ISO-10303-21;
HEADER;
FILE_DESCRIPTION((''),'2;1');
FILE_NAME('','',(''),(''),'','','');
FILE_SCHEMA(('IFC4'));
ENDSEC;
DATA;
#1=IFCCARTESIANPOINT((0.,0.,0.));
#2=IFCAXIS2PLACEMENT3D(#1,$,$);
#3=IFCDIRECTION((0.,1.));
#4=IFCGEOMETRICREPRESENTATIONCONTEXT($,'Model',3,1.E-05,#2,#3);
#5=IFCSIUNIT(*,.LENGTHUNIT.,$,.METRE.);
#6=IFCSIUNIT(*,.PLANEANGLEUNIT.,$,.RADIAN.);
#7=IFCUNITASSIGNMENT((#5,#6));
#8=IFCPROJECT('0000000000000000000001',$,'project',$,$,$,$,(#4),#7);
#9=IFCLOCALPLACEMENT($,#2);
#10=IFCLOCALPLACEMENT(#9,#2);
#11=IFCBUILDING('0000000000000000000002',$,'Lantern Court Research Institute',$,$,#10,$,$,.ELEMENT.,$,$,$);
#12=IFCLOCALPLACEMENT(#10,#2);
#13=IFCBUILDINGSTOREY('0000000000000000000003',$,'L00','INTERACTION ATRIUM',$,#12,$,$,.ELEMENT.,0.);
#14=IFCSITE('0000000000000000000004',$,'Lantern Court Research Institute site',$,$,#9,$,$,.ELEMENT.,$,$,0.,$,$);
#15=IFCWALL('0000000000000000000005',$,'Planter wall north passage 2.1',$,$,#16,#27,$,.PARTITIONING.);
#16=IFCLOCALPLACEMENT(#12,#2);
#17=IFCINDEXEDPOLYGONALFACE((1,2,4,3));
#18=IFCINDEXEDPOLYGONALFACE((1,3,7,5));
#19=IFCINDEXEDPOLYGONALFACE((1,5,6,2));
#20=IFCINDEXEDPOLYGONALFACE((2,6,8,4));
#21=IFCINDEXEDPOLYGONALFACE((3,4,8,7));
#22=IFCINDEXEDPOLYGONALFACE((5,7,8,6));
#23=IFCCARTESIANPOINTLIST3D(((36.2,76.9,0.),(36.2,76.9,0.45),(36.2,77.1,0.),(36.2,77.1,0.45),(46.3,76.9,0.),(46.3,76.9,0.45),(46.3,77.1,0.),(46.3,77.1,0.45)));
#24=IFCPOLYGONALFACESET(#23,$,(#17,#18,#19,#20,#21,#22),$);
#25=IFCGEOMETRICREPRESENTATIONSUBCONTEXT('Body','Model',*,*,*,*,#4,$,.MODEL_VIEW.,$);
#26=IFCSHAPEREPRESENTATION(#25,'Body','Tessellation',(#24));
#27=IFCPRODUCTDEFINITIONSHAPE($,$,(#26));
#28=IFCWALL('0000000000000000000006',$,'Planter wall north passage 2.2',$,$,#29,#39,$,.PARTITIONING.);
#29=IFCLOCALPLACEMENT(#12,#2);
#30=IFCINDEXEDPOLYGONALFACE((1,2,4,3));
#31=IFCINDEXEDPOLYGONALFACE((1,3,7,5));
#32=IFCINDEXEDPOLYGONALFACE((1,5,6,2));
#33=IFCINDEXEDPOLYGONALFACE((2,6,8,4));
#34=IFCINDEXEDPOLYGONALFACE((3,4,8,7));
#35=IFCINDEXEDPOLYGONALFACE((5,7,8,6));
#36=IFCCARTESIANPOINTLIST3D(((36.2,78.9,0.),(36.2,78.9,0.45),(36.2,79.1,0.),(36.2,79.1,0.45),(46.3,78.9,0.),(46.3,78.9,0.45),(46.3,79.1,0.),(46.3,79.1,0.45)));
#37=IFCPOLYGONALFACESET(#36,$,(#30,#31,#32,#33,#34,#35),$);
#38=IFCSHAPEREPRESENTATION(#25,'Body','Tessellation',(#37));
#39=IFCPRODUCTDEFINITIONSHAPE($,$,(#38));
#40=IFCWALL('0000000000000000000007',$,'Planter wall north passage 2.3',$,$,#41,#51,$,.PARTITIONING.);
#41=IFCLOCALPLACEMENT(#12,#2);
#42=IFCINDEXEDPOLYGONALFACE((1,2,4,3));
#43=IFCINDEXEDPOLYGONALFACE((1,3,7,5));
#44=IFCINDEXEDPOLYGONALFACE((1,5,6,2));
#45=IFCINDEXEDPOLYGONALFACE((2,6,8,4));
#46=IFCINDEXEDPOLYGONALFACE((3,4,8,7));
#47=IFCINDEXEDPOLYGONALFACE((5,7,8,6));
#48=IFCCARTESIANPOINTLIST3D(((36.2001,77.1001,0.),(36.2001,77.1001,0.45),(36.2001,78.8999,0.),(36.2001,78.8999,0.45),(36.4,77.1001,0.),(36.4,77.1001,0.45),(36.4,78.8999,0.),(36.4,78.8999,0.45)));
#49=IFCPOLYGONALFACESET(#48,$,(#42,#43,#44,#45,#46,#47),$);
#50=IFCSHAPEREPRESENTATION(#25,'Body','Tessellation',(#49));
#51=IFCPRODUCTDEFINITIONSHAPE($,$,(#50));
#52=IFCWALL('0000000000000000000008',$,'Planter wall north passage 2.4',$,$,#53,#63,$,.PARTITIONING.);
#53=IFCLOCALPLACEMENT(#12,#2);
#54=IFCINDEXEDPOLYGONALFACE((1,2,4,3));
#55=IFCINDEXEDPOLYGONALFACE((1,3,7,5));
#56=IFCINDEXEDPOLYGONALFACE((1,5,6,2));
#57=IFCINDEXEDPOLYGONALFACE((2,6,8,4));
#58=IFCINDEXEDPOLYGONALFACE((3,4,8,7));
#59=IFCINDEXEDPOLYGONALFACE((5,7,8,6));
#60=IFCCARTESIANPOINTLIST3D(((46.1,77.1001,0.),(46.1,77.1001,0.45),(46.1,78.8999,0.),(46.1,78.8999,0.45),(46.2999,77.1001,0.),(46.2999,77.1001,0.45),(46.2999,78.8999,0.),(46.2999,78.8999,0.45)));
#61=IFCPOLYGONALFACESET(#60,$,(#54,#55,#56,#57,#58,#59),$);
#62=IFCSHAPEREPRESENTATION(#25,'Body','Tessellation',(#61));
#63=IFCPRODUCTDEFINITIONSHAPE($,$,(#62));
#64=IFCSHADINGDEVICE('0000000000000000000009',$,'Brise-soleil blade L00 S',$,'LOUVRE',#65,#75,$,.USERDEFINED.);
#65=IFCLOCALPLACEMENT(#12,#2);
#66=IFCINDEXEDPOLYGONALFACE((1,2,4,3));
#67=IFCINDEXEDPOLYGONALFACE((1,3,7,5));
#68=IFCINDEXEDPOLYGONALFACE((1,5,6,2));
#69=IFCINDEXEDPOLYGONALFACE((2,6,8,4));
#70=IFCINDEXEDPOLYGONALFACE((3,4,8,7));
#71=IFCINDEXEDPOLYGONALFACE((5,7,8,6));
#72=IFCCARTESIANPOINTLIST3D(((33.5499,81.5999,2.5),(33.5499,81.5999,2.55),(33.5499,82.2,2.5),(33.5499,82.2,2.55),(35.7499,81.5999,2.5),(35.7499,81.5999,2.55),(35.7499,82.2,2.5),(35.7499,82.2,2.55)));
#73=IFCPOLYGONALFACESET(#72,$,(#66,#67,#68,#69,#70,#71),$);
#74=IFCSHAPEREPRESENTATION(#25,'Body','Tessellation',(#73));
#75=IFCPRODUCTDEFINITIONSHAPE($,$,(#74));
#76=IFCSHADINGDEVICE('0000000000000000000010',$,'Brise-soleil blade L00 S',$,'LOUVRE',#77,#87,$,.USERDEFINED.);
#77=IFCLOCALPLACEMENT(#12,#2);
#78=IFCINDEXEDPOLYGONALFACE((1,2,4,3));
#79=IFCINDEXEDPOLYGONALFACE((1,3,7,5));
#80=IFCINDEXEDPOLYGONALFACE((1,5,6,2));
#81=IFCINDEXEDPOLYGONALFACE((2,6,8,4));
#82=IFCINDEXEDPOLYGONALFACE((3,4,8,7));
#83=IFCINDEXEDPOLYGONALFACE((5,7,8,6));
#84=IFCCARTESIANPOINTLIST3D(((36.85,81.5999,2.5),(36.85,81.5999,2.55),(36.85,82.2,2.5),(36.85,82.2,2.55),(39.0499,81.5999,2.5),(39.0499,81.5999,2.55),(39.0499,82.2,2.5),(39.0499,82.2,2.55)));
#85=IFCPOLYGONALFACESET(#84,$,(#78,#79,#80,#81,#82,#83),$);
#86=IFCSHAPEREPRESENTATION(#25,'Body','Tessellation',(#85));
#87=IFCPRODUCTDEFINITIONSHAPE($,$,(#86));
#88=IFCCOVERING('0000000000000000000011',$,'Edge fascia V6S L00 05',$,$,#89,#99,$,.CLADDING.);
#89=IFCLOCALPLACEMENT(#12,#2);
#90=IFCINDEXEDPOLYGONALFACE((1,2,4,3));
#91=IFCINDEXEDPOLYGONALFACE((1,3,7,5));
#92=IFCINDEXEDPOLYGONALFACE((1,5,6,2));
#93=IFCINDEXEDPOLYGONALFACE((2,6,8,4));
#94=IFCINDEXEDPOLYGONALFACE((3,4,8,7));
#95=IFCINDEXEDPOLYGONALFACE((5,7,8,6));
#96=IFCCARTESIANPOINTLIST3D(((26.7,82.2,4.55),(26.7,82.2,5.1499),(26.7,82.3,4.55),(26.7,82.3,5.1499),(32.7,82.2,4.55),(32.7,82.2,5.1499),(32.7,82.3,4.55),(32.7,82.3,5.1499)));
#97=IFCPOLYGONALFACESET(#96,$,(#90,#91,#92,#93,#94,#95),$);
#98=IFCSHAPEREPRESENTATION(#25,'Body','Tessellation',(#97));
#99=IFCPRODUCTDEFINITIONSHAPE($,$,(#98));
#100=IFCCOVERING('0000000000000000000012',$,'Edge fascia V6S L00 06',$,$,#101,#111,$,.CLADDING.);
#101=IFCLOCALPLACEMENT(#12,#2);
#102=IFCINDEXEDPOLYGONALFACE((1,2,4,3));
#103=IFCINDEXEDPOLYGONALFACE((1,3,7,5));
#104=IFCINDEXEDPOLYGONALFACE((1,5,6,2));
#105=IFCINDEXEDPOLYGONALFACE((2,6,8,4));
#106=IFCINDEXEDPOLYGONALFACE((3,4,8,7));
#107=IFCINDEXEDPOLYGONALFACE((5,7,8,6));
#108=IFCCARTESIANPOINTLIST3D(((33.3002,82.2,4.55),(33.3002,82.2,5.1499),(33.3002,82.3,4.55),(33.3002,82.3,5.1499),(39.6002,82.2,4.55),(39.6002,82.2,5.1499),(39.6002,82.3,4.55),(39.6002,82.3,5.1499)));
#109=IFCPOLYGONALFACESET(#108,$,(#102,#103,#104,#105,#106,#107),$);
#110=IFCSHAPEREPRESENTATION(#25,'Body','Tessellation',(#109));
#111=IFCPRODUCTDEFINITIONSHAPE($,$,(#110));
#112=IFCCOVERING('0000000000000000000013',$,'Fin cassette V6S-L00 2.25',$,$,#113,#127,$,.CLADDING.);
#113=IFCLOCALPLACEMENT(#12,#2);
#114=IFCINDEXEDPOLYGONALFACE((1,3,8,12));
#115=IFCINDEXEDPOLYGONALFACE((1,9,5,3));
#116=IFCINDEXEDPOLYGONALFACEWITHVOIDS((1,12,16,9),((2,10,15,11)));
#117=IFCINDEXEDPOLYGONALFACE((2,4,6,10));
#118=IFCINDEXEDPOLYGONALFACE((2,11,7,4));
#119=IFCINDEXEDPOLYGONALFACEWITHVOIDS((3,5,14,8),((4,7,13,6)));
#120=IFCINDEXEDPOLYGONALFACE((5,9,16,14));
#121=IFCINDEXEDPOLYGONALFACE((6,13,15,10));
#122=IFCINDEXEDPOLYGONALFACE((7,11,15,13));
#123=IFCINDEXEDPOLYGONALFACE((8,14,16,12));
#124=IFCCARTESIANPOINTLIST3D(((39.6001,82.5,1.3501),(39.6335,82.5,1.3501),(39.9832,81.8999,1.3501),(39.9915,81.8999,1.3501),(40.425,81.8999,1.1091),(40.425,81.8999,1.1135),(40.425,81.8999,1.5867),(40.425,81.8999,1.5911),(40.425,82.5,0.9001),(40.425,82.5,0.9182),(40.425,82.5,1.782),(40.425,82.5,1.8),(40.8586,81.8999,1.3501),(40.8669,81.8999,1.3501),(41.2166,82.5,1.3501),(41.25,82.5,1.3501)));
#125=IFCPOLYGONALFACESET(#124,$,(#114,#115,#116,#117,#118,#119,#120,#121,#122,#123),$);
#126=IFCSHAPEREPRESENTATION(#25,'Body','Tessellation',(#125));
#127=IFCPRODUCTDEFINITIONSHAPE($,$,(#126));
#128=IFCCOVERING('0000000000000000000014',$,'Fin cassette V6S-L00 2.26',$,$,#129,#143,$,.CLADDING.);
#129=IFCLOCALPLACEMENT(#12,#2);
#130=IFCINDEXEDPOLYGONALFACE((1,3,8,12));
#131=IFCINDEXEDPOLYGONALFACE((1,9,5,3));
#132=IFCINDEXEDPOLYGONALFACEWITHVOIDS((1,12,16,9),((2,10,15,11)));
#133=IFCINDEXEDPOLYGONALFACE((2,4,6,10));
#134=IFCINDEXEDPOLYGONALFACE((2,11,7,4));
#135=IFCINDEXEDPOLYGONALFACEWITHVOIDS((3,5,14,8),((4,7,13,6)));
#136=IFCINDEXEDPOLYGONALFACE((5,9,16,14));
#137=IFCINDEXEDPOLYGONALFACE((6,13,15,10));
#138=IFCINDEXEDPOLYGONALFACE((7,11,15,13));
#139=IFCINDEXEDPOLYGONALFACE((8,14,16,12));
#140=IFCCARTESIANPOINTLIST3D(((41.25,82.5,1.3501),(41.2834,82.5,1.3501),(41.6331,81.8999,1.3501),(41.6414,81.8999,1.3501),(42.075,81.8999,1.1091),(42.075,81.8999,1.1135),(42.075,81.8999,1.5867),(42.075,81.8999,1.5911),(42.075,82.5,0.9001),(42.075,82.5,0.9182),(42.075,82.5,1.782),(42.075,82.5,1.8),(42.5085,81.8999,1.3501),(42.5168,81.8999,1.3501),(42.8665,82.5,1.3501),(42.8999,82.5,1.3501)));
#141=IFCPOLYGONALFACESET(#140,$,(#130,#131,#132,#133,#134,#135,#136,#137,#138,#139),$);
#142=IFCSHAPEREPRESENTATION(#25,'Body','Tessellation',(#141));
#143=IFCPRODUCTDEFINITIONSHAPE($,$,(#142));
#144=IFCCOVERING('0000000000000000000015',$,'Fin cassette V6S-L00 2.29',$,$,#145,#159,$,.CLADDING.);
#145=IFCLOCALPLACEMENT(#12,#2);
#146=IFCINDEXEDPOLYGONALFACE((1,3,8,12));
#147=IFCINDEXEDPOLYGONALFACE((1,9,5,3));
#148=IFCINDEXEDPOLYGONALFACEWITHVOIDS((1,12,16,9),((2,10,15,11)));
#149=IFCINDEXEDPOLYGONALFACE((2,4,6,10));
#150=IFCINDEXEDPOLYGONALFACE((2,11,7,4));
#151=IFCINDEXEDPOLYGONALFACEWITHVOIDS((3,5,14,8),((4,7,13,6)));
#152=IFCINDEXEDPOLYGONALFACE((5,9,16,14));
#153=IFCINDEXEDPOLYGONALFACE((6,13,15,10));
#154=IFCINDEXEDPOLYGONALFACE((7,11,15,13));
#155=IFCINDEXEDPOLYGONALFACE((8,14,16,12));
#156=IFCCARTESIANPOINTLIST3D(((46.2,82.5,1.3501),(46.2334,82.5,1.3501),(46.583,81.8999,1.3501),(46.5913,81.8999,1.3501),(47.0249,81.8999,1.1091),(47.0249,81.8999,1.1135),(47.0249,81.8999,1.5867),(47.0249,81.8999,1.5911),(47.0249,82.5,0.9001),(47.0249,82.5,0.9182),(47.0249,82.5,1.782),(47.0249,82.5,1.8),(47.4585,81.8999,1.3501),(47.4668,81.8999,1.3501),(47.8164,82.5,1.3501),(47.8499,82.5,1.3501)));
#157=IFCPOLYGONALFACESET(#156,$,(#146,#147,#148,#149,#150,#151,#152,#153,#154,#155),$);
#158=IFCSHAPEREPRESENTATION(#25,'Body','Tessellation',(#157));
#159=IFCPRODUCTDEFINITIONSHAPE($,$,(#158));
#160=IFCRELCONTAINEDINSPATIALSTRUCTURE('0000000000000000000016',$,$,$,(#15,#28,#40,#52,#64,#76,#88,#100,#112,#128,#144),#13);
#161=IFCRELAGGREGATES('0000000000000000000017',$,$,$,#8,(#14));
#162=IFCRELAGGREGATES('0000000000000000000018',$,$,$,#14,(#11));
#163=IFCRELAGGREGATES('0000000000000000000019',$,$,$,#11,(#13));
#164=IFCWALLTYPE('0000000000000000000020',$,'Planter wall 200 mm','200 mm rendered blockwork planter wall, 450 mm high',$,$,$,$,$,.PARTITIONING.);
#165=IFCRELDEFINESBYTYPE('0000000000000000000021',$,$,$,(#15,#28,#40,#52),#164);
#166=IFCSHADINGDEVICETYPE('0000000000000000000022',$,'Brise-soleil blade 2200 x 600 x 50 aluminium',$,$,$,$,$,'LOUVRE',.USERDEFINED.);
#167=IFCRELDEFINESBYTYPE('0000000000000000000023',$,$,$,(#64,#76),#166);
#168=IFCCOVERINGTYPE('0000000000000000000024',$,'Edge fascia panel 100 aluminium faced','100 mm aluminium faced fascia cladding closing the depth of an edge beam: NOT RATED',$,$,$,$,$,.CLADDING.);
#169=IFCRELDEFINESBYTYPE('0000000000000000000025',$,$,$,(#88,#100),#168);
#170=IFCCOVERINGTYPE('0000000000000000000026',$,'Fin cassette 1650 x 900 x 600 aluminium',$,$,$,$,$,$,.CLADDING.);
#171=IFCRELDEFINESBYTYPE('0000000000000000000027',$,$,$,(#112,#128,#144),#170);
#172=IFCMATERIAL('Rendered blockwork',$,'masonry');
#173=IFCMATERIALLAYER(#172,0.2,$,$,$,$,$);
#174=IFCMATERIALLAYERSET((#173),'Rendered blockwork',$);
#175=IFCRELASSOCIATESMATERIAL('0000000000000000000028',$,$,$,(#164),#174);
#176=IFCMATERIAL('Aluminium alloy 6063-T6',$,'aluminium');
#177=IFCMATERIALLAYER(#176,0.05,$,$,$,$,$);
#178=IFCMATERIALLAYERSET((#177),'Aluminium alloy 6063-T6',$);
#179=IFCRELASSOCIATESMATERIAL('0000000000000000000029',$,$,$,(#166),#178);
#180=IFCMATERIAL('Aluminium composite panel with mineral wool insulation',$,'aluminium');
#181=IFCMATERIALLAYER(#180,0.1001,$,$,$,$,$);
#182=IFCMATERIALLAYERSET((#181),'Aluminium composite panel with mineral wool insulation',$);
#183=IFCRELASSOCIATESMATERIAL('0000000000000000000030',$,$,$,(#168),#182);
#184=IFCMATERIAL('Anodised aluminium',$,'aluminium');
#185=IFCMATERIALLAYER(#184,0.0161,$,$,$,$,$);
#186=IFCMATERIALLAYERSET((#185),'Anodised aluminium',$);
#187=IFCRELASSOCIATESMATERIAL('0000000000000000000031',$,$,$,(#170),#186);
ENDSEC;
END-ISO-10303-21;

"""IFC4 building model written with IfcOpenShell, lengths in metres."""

from ifc_helpers import new_model, entity, si_unit, direction, frame, frame_2d, origin, origin_2d, place, context, subcontext, project, spatial, rectangle, extrude, material, layer, layer_set, type_object, element, save


model = new_model("IFC4")

# Units and contexts
model_context = context("Model", 3, precision=1e-05, world=origin(), true_north=direction((0.0, 1.0)))
body_context = subcontext(model_context, "Body", "Model", "MODEL_VIEW")
ifc_project = project(units=[si_unit("LENGTHUNIT", "METRE"), si_unit("PLANEANGLEUNIT", "RADIAN")], contexts=[model_context])

# Site, building, storey
site_placement = place(None, origin())
site = spatial("IfcSite", under=ifc_project, at=site_placement, Name="Lantern Court Research Institute site", CompositionType="ELEMENT", RefElevation=0.0)
building_placement = place(site_placement, origin())
building = spatial("IfcBuilding", under=site, at=building_placement, Name="Lantern Court Research Institute", CompositionType="ELEMENT")
storey_placement = place(building_placement, origin())
storey = spatial("IfcBuildingStorey", under=building, at=storey_placement, Name="L00", Description="INTERACTION ATRIUM", CompositionType="ELEMENT", Elevation=0.0)

# Walls
ifc_material_1 = material(Name="Rendered blockwork", Category="masonry")
ifc_layer_1 = layer(ifc_material_1, 0.2)
ifc_layer_set_1 = layer_set([ifc_layer_1], Name="Rendered blockwork")
wall_type_1 = type_object("IfcWallType", Name="Planter wall 200 mm", Description="200 mm rendered blockwork planter wall, 450 mm high", PredefinedType="PARTITIONING", material=ifc_layer_set_1)
for number, where, z_axis, x_axis, name in (
    (1, (36.2, 77.0, 0.0), (0.0, 0.0, 1.0), (1.0, 0.0, 0.0), "Planter wall north passage 2.1"),
    (2, (36.2, 79.0, 0.0), (0.0, 0.0, 1.0), (1.0, 0.0, 0.0), "Planter wall north passage 2.2"),
):
    element("IfcWall", number, at=place(storey_placement, frame(where, z_axis=z_axis, x_axis=x_axis)), inside=storey, type_object=wall_type_1, Name=name, PredefinedType="PARTITIONING", context=body_context, shape_type="SweptSolid", body=[
        extrude(rectangle(XDim=10.1001, YDim=0.2, at=frame_2d((5.05, 0.0))), origin(), (0.0, 0.0, 1.0), 0.45),
    ])
for number, where, z_axis, x_axis, name in (
    (3, (36.3, 77.1001, 0.0), (0.0, 0.0, 1.0), (0.0, 1.0, 0.0), "Planter wall north passage 2.3"),
    (4, (46.2, 77.1001, 0.0), (0.0, 0.0, 1.0), (0.0, 1.0, 0.0), "Planter wall north passage 2.4"),
):
    element("IfcWall", number, at=place(storey_placement, frame(where, z_axis=z_axis, x_axis=x_axis)), inside=storey, type_object=wall_type_1, Name=name, PredefinedType="PARTITIONING", context=body_context, shape_type="SweptSolid", body=[
        extrude(rectangle(XDim=1.7998, YDim=0.2, at=frame_2d((0.8999, 0.0))), origin(), (0.0, 0.0, 1.0), 0.45),
    ])

# Shading devices
ifc_material_2 = material(Name="Aluminium alloy 6063-T6", Category="aluminium")
ifc_layer_2 = layer(ifc_material_2, 0.05)
ifc_layer_set_2 = layer_set([ifc_layer_2], Name="Aluminium alloy 6063-T6")
shading_device_type = type_object("IfcShadingDeviceType", Name="Brise-soleil blade 2200 x 600 x 50 aluminium", ElementType="LOUVRE", PredefinedType="USERDEFINED", material=ifc_layer_set_2)
for number, where, z_axis, x_axis, name in (
    (5, (34.6499, 81.8999, 2.5), (0.0, 0.0, 1.0), (-1.0, 0.0, 0.0), "Brise-soleil blade L00 S"),
    (6, (37.95, 81.8999, 2.5), (0.0, 0.0, 1.0), (-1.0, 0.0, 0.0), "Brise-soleil blade L00 S"),
):
    element("IfcShadingDevice", number, at=place(storey_placement, frame(where, z_axis=z_axis, x_axis=x_axis)), inside=storey, type_object=shading_device_type, Name=name, ObjectType="LOUVRE", PredefinedType="USERDEFINED", context=body_context, shape_type="SweptSolid", body=[
        extrude(rectangle(XDim=2.2, YDim=0.6001, at=origin_2d()), origin(), (0.0, 0.0, 1.0), 0.05),
    ])

# Coverings
ifc_material_3 = material(Name="Aluminium composite panel with mineral wool insulation", Category="aluminium")
ifc_layer_3 = layer(ifc_material_3, 0.1001)
ifc_layer_set_3 = layer_set([ifc_layer_3], Name="Aluminium composite panel with mineral wool insulation")
covering_type_1 = type_object("IfcCoveringType", Name="Edge fascia panel 100 aluminium faced", Description="100 mm aluminium faced fascia cladding closing the depth of an edge beam: NOT RATED", PredefinedType="CLADDING", material=ifc_layer_set_3)
covering_1_placement = place(storey_placement, frame((32.7, 82.25, 4.55), z_axis=(0.0, 0.0, 1.0), x_axis=(-1.0, 0.0, 0.0)))
element("IfcCovering", 7, at=covering_1_placement, inside=storey, type_object=covering_type_1, Name="Edge fascia V6S L00 05", PredefinedType="CLADDING", context=body_context, shape_type="SweptSolid", body=[
    extrude(rectangle(XDim=6.0, YDim=0.1001, at=frame_2d((3.0, 0.0))), origin(), (0.0, 0.0, 1.0), 0.5999),
])
covering_2_placement = place(storey_placement, frame((39.6001, 82.25, 4.55), z_axis=(0.0, 0.0, 1.0), x_axis=(-1.0, 0.0, 0.0)))
element("IfcCovering", 8, at=covering_2_placement, inside=storey, type_object=covering_type_1, Name="Edge fascia V6S L00 06", PredefinedType="CLADDING", context=body_context, shape_type="SweptSolid", body=[
    extrude(rectangle(XDim=6.3, YDim=0.1001, at=frame_2d((3.1499, 0.0))), origin(), (0.0, 0.0, 1.0), 0.5999),
])
ifc_material_4 = material(Name="Anodised aluminium", Category="aluminium")
ifc_layer_4 = layer(ifc_material_4, 0.0161)
ifc_layer_set_4 = layer_set([ifc_layer_4], Name="Anodised aluminium")
covering_type_2 = type_object("IfcCoveringType", Name="Fin cassette 1650 x 900 x 600 aluminium", PredefinedType="CLADDING", material=ifc_layer_set_4)
covering_3_placement = place(storey_placement, frame((40.425, 82.5, 1.3501), z_axis=(0.0, -1.0, 0.0), x_axis=(1.0, 0.0, 0.0)))
cartesian_point_1 = entity("IfcCartesianPoint", [0.825, 0.0])
cartesian_point_2 = entity("IfcCartesianPoint", [0.7915, 0.0])
cartesian_point_3 = entity("IfcCartesianPoint", [0.4419, 0.0])
cartesian_point_4 = entity("IfcCartesianPoint", [0.4336, 0.0])
element("IfcCovering", 9, at=covering_3_placement, inside=storey, type_object=covering_type_2, Name="Fin cassette V6S-L00 2.25", PredefinedType="CLADDING", context=body_context, shape_type="SweptSolid", body=[
    entity("IfcExtrudedAreaSolidTapered", entity("IfcArbitraryProfileDefWithVoids", "AREA", None, entity("IfcPolyline", [cartesian_point_1, entity("IfcCartesianPoint", [0.0, 0.45]), entity("IfcCartesianPoint", [-0.825, 0.0]), entity("IfcCartesianPoint", [0.0, -0.45]), cartesian_point_1]), [entity("IfcPolyline", [cartesian_point_2, entity("IfcCartesianPoint", [0.0, 0.4319]), entity("IfcCartesianPoint", [-0.7915, 0.0]), entity("IfcCartesianPoint", [0.0, -0.4319]), cartesian_point_2])]), entity("IfcAxis2Placement3D", entity("IfcCartesianPoint", [0.0, 0.0, 0.0])), entity("IfcDirection", [0.0, 0.0, 1.0]), 0.6001, entity("IfcArbitraryProfileDefWithVoids", "AREA", None, entity("IfcPolyline", [cartesian_point_3, entity("IfcCartesianPoint", [0.0, 0.241]), entity("IfcCartesianPoint", [-0.4419, 0.0]), entity("IfcCartesianPoint", [0.0, -0.241]), cartesian_point_3]), [entity("IfcPolyline", [cartesian_point_4, entity("IfcCartesianPoint", [0.0, 0.2366]), entity("IfcCartesianPoint", [-0.4336, 0.0]), entity("IfcCartesianPoint", [0.0, -0.2366]), cartesian_point_4])])),
])
covering_4_placement = place(storey_placement, frame((42.075, 82.5, 1.3501), z_axis=(0.0, -1.0, 0.0), x_axis=(1.0, 0.0, 0.0)))
cartesian_point_5 = entity("IfcCartesianPoint", [0.825, 0.0])
cartesian_point_6 = entity("IfcCartesianPoint", [0.7915, 0.0])
cartesian_point_7 = entity("IfcCartesianPoint", [0.4419, 0.0])
cartesian_point_8 = entity("IfcCartesianPoint", [0.4336, 0.0])
element("IfcCovering", 10, at=covering_4_placement, inside=storey, type_object=covering_type_2, Name="Fin cassette V6S-L00 2.26", PredefinedType="CLADDING", context=body_context, shape_type="SweptSolid", body=[
    entity("IfcExtrudedAreaSolidTapered", entity("IfcArbitraryProfileDefWithVoids", "AREA", None, entity("IfcPolyline", [cartesian_point_5, entity("IfcCartesianPoint", [0.0, 0.45]), entity("IfcCartesianPoint", [-0.825, 0.0]), entity("IfcCartesianPoint", [0.0, -0.45]), cartesian_point_5]), [entity("IfcPolyline", [cartesian_point_6, entity("IfcCartesianPoint", [0.0, 0.4319]), entity("IfcCartesianPoint", [-0.7915, 0.0]), entity("IfcCartesianPoint", [0.0, -0.4319]), cartesian_point_6])]), entity("IfcAxis2Placement3D", entity("IfcCartesianPoint", [0.0, 0.0, 0.0])), entity("IfcDirection", [0.0, 0.0, 1.0]), 0.6001, entity("IfcArbitraryProfileDefWithVoids", "AREA", None, entity("IfcPolyline", [cartesian_point_7, entity("IfcCartesianPoint", [0.0, 0.241]), entity("IfcCartesianPoint", [-0.4419, 0.0]), entity("IfcCartesianPoint", [0.0, -0.241]), cartesian_point_7]), [entity("IfcPolyline", [cartesian_point_8, entity("IfcCartesianPoint", [0.0, 0.2366]), entity("IfcCartesianPoint", [-0.4336, 0.0]), entity("IfcCartesianPoint", [0.0, -0.2366]), cartesian_point_8])])),
])
covering_5_placement = place(storey_placement, frame((47.0249, 82.5, 1.3501), z_axis=(0.0, -1.0, 0.0), x_axis=(1.0, 0.0, 0.0)))
cartesian_point_9 = entity("IfcCartesianPoint", [0.825, 0.0])
cartesian_point_10 = entity("IfcCartesianPoint", [0.7915, 0.0])
cartesian_point_11 = entity("IfcCartesianPoint", [0.4419, 0.0])
cartesian_point_12 = entity("IfcCartesianPoint", [0.4336, 0.0])
element("IfcCovering", 11, at=covering_5_placement, inside=storey, type_object=covering_type_2, Name="Fin cassette V6S-L00 2.29", PredefinedType="CLADDING", context=body_context, shape_type="SweptSolid", body=[
    entity("IfcExtrudedAreaSolidTapered", entity("IfcArbitraryProfileDefWithVoids", "AREA", None, entity("IfcPolyline", [cartesian_point_9, entity("IfcCartesianPoint", [0.0, 0.45]), entity("IfcCartesianPoint", [-0.825, 0.0]), entity("IfcCartesianPoint", [0.0, -0.45]), cartesian_point_9]), [entity("IfcPolyline", [cartesian_point_10, entity("IfcCartesianPoint", [0.0, 0.4319]), entity("IfcCartesianPoint", [-0.7915, 0.0]), entity("IfcCartesianPoint", [0.0, -0.4319]), cartesian_point_10])]), entity("IfcAxis2Placement3D", entity("IfcCartesianPoint", [0.0, 0.0, 0.0])), entity("IfcDirection", [0.0, 0.0, 1.0]), 0.6001, entity("IfcArbitraryProfileDefWithVoids", "AREA", None, entity("IfcPolyline", [cartesian_point_11, entity("IfcCartesianPoint", [0.0, 0.241]), entity("IfcCartesianPoint", [-0.4419, 0.0]), entity("IfcCartesianPoint", [0.0, -0.241]), cartesian_point_11]), [entity("IfcPolyline", [cartesian_point_12, entity("IfcCartesianPoint", [0.0, 0.2366]), entity("IfcCartesianPoint", [-0.4336, 0.0]), entity("IfcCartesianPoint", [0.0, -0.2366]), cartesian_point_12])])),
])

save(model, "model.ifc")
